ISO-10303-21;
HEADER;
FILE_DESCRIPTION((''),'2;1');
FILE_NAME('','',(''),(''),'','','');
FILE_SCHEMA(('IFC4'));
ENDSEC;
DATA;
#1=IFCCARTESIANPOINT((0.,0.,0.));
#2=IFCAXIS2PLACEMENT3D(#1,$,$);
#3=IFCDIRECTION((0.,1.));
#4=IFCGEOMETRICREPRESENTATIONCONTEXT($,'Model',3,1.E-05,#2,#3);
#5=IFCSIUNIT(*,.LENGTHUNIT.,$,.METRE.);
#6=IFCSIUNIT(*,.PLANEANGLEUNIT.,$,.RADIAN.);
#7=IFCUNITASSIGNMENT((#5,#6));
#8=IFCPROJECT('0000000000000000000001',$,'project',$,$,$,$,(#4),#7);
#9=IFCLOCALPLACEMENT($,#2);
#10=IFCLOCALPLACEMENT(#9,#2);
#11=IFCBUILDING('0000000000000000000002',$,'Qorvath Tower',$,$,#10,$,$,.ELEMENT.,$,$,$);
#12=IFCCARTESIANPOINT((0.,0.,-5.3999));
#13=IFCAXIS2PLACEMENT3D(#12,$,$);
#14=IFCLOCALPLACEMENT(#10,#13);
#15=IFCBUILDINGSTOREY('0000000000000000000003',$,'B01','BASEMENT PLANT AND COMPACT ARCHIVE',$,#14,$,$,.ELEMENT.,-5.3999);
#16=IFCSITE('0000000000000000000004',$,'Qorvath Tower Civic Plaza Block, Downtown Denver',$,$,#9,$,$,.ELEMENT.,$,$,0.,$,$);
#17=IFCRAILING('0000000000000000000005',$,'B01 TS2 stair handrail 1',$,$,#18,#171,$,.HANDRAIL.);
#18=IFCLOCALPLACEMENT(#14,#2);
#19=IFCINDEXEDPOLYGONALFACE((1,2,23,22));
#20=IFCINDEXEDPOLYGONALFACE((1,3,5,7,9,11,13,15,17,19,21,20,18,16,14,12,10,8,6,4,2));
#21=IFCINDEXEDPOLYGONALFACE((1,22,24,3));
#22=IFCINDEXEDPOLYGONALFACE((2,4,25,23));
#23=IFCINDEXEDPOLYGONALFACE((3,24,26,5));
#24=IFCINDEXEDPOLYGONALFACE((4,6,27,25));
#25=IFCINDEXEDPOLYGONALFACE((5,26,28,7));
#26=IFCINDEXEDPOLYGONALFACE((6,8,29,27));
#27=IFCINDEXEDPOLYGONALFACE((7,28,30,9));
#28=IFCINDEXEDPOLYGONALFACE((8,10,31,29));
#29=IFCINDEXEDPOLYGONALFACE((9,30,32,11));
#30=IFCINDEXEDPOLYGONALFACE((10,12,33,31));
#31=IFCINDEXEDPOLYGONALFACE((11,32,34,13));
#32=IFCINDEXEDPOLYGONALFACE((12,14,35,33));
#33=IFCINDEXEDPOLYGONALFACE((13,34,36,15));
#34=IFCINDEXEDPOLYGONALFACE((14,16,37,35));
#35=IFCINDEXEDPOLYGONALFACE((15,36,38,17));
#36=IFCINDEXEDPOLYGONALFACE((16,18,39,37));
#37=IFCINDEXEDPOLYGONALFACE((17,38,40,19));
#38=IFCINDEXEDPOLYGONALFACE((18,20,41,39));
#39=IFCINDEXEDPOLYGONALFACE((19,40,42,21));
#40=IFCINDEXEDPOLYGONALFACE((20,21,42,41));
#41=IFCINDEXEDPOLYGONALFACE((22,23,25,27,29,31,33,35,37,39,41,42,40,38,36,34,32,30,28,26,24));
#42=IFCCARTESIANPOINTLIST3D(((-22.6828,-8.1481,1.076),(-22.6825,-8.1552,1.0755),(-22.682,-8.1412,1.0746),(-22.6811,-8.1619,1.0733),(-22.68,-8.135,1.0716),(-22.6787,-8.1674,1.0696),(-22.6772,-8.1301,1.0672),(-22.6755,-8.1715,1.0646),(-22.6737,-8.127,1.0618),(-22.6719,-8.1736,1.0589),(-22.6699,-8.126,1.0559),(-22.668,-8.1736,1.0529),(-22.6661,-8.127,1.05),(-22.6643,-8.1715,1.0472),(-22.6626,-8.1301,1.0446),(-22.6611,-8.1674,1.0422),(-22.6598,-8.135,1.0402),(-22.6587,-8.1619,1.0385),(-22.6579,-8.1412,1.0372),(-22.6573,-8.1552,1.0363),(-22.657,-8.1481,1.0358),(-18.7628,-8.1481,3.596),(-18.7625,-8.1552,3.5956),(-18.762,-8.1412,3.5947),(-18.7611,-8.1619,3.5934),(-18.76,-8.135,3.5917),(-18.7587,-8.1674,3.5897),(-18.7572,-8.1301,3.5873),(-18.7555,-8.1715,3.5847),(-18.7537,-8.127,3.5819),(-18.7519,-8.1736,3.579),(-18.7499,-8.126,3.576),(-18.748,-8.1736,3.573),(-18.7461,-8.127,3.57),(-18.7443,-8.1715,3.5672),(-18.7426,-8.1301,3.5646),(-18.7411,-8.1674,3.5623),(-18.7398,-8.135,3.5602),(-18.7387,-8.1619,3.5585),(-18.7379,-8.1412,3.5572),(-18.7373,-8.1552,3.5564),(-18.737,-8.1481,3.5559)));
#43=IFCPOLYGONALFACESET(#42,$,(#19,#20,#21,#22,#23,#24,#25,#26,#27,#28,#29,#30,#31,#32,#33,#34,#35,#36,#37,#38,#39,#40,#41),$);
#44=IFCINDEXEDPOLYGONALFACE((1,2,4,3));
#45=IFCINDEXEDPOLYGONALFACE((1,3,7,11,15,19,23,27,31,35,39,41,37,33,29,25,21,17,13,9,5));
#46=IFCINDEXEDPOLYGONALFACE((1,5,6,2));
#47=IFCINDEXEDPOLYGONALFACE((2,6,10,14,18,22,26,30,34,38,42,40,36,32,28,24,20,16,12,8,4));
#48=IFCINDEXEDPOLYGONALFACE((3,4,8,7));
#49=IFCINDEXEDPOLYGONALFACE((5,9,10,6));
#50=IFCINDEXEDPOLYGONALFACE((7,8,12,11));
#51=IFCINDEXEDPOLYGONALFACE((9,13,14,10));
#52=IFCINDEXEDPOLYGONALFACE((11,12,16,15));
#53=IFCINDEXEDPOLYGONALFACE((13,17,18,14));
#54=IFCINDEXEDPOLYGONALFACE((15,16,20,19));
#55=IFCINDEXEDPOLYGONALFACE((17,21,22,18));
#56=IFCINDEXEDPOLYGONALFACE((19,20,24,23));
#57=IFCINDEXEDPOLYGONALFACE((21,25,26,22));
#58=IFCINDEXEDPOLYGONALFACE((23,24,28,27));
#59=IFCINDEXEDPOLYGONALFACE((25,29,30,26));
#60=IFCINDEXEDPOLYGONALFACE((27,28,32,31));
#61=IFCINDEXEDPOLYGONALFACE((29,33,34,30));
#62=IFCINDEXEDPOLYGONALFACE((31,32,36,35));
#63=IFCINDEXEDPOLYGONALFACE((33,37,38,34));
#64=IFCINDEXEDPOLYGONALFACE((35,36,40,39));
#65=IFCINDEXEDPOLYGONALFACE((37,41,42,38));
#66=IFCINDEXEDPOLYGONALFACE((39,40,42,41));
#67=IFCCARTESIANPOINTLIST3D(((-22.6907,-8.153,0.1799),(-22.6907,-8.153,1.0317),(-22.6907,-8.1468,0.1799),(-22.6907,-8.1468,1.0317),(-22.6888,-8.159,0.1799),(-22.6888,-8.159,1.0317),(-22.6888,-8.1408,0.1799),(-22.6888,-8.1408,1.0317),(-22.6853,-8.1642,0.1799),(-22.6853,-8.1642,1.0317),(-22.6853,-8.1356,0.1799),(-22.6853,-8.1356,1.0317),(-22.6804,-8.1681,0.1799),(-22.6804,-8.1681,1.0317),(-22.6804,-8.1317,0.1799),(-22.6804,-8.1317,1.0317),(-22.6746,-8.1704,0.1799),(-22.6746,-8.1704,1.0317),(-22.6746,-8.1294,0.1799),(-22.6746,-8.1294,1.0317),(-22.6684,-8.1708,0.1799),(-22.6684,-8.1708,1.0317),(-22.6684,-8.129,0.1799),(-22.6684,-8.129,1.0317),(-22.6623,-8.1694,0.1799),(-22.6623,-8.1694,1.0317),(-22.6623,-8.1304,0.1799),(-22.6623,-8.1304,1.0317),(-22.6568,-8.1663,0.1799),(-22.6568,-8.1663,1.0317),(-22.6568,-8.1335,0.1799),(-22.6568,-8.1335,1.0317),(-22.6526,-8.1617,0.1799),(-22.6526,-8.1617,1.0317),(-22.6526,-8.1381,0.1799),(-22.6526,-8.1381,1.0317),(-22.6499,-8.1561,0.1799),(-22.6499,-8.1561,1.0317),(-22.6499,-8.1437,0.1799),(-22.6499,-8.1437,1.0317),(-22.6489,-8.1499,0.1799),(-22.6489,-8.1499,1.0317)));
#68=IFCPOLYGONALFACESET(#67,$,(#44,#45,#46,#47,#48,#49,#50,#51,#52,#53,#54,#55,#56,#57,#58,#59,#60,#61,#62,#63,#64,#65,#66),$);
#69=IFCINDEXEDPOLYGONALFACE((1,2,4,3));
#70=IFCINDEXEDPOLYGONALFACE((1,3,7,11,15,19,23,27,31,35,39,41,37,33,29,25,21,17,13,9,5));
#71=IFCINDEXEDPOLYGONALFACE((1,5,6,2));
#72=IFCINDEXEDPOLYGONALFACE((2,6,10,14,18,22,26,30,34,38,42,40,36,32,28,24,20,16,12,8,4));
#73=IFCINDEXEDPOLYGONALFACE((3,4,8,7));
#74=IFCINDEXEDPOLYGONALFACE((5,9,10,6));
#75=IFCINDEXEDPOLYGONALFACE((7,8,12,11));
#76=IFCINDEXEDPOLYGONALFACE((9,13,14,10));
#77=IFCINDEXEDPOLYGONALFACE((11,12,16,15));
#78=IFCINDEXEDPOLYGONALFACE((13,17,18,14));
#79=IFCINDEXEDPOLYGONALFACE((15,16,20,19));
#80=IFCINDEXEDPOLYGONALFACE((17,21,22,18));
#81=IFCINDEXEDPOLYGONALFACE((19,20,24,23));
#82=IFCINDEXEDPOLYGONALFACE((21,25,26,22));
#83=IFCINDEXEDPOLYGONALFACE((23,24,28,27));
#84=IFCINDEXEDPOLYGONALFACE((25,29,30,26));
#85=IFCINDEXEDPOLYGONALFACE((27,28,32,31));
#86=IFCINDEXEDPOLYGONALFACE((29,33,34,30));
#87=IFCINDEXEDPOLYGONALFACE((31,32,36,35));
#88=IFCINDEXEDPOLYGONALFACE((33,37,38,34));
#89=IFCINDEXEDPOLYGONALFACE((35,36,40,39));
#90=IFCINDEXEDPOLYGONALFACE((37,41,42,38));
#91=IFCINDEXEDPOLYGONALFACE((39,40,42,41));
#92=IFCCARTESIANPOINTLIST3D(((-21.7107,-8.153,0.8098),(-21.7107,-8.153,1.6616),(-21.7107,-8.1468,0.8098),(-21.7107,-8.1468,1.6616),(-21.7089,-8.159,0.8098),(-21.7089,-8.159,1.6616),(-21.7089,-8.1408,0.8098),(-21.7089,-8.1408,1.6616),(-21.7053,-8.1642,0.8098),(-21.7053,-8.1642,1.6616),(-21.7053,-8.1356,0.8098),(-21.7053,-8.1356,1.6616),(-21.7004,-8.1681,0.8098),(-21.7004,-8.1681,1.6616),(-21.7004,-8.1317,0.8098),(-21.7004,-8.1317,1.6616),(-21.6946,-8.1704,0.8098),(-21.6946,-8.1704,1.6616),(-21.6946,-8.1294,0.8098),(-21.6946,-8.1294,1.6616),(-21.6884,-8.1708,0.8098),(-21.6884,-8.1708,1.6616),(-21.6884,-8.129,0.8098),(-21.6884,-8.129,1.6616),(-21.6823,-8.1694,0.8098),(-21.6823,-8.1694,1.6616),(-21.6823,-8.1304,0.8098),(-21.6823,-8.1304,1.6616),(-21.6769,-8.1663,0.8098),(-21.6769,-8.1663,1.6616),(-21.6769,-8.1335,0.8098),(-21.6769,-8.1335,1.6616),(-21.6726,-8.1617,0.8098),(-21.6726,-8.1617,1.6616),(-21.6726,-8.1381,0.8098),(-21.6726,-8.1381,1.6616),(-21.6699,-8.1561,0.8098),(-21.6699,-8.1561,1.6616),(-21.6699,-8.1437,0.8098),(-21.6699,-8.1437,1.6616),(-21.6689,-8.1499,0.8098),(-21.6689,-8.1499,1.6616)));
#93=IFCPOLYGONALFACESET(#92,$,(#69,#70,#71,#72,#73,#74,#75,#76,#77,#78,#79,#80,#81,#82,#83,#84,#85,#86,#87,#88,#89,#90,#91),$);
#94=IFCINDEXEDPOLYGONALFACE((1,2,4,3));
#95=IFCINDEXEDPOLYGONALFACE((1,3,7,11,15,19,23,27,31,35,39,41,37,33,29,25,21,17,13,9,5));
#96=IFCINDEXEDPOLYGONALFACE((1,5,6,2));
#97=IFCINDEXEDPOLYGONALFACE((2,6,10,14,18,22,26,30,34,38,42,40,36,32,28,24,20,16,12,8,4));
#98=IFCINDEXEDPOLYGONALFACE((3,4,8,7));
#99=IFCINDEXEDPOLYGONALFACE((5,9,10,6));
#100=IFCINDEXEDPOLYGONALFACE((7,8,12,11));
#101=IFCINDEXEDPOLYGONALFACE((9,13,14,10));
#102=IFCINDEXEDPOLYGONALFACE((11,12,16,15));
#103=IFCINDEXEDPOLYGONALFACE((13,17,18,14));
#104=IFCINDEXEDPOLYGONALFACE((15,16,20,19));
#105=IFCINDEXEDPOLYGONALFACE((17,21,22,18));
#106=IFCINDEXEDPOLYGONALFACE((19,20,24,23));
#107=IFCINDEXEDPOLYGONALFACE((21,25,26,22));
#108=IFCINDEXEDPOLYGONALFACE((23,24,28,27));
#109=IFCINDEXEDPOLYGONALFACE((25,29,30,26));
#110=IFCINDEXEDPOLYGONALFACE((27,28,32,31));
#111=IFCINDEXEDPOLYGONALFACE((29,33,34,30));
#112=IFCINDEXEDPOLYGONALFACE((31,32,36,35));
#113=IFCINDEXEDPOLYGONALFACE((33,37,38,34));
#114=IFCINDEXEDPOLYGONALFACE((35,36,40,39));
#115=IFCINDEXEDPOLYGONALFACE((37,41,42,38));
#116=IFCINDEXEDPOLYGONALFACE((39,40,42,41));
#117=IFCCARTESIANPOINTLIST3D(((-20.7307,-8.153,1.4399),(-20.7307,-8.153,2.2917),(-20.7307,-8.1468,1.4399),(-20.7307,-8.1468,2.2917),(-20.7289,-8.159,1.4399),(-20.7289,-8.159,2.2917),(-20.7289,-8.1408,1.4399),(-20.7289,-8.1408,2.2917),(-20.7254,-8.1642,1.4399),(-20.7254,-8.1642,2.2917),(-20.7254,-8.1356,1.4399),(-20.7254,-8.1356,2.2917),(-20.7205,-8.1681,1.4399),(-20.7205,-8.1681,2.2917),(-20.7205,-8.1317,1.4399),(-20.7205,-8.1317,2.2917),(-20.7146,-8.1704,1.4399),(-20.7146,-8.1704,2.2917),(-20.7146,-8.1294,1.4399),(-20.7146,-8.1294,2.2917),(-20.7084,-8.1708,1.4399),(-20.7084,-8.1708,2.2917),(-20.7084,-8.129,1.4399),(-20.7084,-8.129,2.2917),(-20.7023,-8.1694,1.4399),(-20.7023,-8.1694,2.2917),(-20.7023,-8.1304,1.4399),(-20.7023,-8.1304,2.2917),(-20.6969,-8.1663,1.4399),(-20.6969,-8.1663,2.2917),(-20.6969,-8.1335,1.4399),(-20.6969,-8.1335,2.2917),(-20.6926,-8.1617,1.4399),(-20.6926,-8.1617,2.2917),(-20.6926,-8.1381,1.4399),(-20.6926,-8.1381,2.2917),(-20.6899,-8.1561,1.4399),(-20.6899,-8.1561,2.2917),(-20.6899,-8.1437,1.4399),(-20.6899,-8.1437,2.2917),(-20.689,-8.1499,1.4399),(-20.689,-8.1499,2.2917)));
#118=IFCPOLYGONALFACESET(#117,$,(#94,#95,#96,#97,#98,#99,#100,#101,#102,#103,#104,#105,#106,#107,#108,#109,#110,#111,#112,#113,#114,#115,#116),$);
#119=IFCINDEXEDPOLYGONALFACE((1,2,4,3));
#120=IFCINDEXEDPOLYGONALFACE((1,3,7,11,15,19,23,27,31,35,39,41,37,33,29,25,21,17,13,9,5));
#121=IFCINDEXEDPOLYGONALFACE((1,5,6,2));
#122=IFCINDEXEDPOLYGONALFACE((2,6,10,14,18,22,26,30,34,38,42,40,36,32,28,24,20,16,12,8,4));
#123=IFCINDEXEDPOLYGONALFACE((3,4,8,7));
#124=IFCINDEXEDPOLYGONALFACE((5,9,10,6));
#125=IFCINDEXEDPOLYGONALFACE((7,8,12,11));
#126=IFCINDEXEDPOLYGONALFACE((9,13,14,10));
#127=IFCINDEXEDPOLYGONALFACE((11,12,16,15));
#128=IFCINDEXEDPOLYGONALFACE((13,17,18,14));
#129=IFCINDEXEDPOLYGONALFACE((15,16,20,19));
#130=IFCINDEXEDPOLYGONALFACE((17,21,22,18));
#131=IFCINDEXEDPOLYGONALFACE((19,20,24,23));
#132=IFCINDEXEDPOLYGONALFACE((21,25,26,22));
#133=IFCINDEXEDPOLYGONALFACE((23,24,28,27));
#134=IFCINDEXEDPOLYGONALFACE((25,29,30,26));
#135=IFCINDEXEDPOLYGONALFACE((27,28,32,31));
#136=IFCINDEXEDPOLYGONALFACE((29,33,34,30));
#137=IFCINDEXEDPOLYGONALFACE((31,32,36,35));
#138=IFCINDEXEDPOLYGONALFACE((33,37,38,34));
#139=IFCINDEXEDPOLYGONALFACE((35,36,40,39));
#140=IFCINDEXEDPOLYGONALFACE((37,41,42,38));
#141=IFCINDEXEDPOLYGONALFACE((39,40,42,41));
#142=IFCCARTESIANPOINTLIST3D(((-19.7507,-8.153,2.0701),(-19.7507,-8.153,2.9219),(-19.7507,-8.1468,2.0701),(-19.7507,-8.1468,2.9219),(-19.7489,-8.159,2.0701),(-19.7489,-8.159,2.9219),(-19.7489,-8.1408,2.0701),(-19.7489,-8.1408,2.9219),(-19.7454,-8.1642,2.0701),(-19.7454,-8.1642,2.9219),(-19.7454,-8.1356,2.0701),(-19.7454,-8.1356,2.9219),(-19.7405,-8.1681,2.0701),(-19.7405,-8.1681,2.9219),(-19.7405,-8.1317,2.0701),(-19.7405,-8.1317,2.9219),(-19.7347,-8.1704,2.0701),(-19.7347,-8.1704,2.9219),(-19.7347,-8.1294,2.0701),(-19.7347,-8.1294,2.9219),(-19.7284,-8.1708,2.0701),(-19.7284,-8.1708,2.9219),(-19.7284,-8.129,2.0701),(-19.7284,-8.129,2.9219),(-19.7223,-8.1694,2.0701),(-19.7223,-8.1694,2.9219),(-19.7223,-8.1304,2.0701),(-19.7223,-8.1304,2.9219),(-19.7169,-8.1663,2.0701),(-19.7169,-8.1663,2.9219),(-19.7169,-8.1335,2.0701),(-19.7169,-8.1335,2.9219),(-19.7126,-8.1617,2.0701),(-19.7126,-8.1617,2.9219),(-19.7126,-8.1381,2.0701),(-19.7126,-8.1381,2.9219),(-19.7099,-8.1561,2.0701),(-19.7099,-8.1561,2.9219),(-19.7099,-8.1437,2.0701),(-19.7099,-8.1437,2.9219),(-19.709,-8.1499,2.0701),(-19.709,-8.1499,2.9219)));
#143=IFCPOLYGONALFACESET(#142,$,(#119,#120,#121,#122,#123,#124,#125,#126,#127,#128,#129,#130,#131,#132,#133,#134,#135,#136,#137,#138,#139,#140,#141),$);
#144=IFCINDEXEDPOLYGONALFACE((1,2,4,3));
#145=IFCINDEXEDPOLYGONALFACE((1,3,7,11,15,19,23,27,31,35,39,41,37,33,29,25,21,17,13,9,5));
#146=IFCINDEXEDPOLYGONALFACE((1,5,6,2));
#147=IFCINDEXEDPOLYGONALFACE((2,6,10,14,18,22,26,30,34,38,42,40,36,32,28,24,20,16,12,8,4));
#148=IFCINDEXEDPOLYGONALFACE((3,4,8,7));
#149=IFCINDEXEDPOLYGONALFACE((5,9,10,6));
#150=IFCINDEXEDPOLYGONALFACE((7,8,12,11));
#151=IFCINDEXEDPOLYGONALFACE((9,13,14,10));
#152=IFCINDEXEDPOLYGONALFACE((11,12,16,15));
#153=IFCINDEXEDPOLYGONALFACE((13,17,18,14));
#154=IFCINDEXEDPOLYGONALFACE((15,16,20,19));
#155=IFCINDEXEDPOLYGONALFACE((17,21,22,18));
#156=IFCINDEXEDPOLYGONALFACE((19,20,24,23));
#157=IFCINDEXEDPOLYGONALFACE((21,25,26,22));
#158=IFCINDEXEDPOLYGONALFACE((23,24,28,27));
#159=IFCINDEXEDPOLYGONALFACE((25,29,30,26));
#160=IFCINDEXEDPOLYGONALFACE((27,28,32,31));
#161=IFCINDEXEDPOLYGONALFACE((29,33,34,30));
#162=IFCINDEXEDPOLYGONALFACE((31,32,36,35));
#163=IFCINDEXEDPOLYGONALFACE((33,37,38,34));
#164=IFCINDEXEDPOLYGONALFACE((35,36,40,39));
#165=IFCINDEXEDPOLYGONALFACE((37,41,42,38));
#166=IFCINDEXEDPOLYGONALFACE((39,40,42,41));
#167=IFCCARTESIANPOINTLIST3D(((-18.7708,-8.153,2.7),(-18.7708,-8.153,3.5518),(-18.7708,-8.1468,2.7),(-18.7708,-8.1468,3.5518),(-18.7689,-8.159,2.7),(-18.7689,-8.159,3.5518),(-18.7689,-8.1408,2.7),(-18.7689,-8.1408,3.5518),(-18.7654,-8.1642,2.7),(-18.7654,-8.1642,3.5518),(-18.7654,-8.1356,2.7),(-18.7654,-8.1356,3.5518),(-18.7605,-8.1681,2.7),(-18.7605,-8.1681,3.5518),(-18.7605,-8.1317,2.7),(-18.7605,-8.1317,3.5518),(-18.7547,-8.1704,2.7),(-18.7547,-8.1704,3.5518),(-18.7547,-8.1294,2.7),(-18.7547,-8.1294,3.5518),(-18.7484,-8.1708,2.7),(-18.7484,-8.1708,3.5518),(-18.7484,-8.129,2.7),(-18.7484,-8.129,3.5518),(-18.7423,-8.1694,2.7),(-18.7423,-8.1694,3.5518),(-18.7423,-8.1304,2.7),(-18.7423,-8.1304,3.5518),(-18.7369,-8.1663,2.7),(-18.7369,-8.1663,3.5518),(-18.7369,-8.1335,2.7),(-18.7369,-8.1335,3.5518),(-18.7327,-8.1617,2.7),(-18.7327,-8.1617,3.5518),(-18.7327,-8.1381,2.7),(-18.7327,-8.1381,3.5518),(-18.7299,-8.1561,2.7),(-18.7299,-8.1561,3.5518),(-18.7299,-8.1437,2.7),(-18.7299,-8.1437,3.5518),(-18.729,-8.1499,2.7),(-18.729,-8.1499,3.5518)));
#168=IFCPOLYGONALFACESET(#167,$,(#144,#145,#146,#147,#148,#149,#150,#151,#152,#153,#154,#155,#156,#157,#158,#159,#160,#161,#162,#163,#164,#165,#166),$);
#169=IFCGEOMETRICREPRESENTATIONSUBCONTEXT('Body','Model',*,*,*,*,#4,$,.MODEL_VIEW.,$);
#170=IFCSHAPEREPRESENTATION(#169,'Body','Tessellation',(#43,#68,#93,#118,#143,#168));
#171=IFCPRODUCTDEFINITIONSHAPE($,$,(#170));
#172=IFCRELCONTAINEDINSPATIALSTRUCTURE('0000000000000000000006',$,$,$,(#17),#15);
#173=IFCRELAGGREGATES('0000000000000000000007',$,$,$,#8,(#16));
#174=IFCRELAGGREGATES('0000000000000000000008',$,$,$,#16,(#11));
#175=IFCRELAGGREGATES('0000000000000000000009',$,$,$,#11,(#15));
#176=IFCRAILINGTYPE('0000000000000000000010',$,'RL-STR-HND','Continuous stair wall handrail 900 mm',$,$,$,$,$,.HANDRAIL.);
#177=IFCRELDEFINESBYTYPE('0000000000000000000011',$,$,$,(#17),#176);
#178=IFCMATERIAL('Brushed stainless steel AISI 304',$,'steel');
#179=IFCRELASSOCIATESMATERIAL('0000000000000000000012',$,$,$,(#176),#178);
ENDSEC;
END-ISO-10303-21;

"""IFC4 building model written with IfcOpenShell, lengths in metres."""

from ifc_helpers import new_model, si_unit, direction, frame, origin, origin_2d, place, context, subcontext, project, spatial, circle, extrude, material, type_object, element, save


model = new_model("IFC4")

# Units and contexts
model_context = context("Model", 3, precision=1e-05, world=origin(), true_north=direction((0.0, 1.0)))
body_context = subcontext(model_context, "Body", "Model", "MODEL_VIEW")
ifc_project = project(units=[si_unit("LENGTHUNIT", "METRE"), si_unit("PLANEANGLEUNIT", "RADIAN")], contexts=[model_context])

# Site, building, storey
site_placement = place(None, origin())
site = spatial("IfcSite", under=ifc_project, at=site_placement, Name="Qorvath Tower Civic Plaza Block, Downtown Denver", CompositionType="ELEMENT", RefElevation=0.0)
building_placement = place(site_placement, origin())
building = spatial("IfcBuilding", under=site, at=building_placement, Name="Qorvath Tower", CompositionType="ELEMENT")
storey_placement = place(building_placement, frame((0.0, 0.0, -5.3999)))
storey = spatial("IfcBuildingStorey", under=building, at=storey_placement, Name="B01", Description="BASEMENT PLANT AND COMPACT ARCHIVE", CompositionType="ELEMENT", Elevation=-5.3999)

# Railing
ifc_material_1 = material(Name="Brushed stainless steel AISI 304", Category="steel")
railing_type = type_object("IfcRailingType", Name="RL-STR-HND", Description="Continuous stair wall handrail 900 mm", PredefinedType="HANDRAIL", material=ifc_material_1)
railing_placement = place(storey_placement, frame((-22.6699, -8.1499, 0.1799)))
element("IfcRailing", 1, at=railing_placement, inside=storey, type_object=railing_type, Name="B01 TS2 stair handrail 1", PredefinedType="HANDRAIL", context=body_context, shape_type="SweptSolid", body=[
    extrude(circle(Radius=0.0239, at=origin_2d()), frame((0.0, 0.0, 0.876), z_axis=(0.841172, 0.0, 0.540768), x_axis=(0.0, 1.0, 0.0)), (0.0, 0.0, 1.0), 4.6602),
    extrude(circle(Radius=0.021, at=origin_2d()), origin(), (0.0, 0.0, 1.0), 0.8518),
    extrude(circle(Radius=0.021, at=origin_2d()), frame((0.98, 0.0, 0.6299)), (0.0, 0.0, 1.0), 0.8518),
    extrude(circle(Radius=0.021, at=origin_2d()), frame((1.96, 0.0, 1.26)), (0.0, 0.0, 1.0), 0.8518),
    extrude(circle(Radius=0.021, at=origin_2d()), frame((2.9399, 0.0, 1.8901)), (0.0, 0.0, 1.0), 0.8518),
    extrude(circle(Radius=0.021, at=origin_2d()), frame((3.9199, 0.0, 2.52)), (0.0, 0.0, 1.0), 0.8518),
])

save(model, "model.ifc")
